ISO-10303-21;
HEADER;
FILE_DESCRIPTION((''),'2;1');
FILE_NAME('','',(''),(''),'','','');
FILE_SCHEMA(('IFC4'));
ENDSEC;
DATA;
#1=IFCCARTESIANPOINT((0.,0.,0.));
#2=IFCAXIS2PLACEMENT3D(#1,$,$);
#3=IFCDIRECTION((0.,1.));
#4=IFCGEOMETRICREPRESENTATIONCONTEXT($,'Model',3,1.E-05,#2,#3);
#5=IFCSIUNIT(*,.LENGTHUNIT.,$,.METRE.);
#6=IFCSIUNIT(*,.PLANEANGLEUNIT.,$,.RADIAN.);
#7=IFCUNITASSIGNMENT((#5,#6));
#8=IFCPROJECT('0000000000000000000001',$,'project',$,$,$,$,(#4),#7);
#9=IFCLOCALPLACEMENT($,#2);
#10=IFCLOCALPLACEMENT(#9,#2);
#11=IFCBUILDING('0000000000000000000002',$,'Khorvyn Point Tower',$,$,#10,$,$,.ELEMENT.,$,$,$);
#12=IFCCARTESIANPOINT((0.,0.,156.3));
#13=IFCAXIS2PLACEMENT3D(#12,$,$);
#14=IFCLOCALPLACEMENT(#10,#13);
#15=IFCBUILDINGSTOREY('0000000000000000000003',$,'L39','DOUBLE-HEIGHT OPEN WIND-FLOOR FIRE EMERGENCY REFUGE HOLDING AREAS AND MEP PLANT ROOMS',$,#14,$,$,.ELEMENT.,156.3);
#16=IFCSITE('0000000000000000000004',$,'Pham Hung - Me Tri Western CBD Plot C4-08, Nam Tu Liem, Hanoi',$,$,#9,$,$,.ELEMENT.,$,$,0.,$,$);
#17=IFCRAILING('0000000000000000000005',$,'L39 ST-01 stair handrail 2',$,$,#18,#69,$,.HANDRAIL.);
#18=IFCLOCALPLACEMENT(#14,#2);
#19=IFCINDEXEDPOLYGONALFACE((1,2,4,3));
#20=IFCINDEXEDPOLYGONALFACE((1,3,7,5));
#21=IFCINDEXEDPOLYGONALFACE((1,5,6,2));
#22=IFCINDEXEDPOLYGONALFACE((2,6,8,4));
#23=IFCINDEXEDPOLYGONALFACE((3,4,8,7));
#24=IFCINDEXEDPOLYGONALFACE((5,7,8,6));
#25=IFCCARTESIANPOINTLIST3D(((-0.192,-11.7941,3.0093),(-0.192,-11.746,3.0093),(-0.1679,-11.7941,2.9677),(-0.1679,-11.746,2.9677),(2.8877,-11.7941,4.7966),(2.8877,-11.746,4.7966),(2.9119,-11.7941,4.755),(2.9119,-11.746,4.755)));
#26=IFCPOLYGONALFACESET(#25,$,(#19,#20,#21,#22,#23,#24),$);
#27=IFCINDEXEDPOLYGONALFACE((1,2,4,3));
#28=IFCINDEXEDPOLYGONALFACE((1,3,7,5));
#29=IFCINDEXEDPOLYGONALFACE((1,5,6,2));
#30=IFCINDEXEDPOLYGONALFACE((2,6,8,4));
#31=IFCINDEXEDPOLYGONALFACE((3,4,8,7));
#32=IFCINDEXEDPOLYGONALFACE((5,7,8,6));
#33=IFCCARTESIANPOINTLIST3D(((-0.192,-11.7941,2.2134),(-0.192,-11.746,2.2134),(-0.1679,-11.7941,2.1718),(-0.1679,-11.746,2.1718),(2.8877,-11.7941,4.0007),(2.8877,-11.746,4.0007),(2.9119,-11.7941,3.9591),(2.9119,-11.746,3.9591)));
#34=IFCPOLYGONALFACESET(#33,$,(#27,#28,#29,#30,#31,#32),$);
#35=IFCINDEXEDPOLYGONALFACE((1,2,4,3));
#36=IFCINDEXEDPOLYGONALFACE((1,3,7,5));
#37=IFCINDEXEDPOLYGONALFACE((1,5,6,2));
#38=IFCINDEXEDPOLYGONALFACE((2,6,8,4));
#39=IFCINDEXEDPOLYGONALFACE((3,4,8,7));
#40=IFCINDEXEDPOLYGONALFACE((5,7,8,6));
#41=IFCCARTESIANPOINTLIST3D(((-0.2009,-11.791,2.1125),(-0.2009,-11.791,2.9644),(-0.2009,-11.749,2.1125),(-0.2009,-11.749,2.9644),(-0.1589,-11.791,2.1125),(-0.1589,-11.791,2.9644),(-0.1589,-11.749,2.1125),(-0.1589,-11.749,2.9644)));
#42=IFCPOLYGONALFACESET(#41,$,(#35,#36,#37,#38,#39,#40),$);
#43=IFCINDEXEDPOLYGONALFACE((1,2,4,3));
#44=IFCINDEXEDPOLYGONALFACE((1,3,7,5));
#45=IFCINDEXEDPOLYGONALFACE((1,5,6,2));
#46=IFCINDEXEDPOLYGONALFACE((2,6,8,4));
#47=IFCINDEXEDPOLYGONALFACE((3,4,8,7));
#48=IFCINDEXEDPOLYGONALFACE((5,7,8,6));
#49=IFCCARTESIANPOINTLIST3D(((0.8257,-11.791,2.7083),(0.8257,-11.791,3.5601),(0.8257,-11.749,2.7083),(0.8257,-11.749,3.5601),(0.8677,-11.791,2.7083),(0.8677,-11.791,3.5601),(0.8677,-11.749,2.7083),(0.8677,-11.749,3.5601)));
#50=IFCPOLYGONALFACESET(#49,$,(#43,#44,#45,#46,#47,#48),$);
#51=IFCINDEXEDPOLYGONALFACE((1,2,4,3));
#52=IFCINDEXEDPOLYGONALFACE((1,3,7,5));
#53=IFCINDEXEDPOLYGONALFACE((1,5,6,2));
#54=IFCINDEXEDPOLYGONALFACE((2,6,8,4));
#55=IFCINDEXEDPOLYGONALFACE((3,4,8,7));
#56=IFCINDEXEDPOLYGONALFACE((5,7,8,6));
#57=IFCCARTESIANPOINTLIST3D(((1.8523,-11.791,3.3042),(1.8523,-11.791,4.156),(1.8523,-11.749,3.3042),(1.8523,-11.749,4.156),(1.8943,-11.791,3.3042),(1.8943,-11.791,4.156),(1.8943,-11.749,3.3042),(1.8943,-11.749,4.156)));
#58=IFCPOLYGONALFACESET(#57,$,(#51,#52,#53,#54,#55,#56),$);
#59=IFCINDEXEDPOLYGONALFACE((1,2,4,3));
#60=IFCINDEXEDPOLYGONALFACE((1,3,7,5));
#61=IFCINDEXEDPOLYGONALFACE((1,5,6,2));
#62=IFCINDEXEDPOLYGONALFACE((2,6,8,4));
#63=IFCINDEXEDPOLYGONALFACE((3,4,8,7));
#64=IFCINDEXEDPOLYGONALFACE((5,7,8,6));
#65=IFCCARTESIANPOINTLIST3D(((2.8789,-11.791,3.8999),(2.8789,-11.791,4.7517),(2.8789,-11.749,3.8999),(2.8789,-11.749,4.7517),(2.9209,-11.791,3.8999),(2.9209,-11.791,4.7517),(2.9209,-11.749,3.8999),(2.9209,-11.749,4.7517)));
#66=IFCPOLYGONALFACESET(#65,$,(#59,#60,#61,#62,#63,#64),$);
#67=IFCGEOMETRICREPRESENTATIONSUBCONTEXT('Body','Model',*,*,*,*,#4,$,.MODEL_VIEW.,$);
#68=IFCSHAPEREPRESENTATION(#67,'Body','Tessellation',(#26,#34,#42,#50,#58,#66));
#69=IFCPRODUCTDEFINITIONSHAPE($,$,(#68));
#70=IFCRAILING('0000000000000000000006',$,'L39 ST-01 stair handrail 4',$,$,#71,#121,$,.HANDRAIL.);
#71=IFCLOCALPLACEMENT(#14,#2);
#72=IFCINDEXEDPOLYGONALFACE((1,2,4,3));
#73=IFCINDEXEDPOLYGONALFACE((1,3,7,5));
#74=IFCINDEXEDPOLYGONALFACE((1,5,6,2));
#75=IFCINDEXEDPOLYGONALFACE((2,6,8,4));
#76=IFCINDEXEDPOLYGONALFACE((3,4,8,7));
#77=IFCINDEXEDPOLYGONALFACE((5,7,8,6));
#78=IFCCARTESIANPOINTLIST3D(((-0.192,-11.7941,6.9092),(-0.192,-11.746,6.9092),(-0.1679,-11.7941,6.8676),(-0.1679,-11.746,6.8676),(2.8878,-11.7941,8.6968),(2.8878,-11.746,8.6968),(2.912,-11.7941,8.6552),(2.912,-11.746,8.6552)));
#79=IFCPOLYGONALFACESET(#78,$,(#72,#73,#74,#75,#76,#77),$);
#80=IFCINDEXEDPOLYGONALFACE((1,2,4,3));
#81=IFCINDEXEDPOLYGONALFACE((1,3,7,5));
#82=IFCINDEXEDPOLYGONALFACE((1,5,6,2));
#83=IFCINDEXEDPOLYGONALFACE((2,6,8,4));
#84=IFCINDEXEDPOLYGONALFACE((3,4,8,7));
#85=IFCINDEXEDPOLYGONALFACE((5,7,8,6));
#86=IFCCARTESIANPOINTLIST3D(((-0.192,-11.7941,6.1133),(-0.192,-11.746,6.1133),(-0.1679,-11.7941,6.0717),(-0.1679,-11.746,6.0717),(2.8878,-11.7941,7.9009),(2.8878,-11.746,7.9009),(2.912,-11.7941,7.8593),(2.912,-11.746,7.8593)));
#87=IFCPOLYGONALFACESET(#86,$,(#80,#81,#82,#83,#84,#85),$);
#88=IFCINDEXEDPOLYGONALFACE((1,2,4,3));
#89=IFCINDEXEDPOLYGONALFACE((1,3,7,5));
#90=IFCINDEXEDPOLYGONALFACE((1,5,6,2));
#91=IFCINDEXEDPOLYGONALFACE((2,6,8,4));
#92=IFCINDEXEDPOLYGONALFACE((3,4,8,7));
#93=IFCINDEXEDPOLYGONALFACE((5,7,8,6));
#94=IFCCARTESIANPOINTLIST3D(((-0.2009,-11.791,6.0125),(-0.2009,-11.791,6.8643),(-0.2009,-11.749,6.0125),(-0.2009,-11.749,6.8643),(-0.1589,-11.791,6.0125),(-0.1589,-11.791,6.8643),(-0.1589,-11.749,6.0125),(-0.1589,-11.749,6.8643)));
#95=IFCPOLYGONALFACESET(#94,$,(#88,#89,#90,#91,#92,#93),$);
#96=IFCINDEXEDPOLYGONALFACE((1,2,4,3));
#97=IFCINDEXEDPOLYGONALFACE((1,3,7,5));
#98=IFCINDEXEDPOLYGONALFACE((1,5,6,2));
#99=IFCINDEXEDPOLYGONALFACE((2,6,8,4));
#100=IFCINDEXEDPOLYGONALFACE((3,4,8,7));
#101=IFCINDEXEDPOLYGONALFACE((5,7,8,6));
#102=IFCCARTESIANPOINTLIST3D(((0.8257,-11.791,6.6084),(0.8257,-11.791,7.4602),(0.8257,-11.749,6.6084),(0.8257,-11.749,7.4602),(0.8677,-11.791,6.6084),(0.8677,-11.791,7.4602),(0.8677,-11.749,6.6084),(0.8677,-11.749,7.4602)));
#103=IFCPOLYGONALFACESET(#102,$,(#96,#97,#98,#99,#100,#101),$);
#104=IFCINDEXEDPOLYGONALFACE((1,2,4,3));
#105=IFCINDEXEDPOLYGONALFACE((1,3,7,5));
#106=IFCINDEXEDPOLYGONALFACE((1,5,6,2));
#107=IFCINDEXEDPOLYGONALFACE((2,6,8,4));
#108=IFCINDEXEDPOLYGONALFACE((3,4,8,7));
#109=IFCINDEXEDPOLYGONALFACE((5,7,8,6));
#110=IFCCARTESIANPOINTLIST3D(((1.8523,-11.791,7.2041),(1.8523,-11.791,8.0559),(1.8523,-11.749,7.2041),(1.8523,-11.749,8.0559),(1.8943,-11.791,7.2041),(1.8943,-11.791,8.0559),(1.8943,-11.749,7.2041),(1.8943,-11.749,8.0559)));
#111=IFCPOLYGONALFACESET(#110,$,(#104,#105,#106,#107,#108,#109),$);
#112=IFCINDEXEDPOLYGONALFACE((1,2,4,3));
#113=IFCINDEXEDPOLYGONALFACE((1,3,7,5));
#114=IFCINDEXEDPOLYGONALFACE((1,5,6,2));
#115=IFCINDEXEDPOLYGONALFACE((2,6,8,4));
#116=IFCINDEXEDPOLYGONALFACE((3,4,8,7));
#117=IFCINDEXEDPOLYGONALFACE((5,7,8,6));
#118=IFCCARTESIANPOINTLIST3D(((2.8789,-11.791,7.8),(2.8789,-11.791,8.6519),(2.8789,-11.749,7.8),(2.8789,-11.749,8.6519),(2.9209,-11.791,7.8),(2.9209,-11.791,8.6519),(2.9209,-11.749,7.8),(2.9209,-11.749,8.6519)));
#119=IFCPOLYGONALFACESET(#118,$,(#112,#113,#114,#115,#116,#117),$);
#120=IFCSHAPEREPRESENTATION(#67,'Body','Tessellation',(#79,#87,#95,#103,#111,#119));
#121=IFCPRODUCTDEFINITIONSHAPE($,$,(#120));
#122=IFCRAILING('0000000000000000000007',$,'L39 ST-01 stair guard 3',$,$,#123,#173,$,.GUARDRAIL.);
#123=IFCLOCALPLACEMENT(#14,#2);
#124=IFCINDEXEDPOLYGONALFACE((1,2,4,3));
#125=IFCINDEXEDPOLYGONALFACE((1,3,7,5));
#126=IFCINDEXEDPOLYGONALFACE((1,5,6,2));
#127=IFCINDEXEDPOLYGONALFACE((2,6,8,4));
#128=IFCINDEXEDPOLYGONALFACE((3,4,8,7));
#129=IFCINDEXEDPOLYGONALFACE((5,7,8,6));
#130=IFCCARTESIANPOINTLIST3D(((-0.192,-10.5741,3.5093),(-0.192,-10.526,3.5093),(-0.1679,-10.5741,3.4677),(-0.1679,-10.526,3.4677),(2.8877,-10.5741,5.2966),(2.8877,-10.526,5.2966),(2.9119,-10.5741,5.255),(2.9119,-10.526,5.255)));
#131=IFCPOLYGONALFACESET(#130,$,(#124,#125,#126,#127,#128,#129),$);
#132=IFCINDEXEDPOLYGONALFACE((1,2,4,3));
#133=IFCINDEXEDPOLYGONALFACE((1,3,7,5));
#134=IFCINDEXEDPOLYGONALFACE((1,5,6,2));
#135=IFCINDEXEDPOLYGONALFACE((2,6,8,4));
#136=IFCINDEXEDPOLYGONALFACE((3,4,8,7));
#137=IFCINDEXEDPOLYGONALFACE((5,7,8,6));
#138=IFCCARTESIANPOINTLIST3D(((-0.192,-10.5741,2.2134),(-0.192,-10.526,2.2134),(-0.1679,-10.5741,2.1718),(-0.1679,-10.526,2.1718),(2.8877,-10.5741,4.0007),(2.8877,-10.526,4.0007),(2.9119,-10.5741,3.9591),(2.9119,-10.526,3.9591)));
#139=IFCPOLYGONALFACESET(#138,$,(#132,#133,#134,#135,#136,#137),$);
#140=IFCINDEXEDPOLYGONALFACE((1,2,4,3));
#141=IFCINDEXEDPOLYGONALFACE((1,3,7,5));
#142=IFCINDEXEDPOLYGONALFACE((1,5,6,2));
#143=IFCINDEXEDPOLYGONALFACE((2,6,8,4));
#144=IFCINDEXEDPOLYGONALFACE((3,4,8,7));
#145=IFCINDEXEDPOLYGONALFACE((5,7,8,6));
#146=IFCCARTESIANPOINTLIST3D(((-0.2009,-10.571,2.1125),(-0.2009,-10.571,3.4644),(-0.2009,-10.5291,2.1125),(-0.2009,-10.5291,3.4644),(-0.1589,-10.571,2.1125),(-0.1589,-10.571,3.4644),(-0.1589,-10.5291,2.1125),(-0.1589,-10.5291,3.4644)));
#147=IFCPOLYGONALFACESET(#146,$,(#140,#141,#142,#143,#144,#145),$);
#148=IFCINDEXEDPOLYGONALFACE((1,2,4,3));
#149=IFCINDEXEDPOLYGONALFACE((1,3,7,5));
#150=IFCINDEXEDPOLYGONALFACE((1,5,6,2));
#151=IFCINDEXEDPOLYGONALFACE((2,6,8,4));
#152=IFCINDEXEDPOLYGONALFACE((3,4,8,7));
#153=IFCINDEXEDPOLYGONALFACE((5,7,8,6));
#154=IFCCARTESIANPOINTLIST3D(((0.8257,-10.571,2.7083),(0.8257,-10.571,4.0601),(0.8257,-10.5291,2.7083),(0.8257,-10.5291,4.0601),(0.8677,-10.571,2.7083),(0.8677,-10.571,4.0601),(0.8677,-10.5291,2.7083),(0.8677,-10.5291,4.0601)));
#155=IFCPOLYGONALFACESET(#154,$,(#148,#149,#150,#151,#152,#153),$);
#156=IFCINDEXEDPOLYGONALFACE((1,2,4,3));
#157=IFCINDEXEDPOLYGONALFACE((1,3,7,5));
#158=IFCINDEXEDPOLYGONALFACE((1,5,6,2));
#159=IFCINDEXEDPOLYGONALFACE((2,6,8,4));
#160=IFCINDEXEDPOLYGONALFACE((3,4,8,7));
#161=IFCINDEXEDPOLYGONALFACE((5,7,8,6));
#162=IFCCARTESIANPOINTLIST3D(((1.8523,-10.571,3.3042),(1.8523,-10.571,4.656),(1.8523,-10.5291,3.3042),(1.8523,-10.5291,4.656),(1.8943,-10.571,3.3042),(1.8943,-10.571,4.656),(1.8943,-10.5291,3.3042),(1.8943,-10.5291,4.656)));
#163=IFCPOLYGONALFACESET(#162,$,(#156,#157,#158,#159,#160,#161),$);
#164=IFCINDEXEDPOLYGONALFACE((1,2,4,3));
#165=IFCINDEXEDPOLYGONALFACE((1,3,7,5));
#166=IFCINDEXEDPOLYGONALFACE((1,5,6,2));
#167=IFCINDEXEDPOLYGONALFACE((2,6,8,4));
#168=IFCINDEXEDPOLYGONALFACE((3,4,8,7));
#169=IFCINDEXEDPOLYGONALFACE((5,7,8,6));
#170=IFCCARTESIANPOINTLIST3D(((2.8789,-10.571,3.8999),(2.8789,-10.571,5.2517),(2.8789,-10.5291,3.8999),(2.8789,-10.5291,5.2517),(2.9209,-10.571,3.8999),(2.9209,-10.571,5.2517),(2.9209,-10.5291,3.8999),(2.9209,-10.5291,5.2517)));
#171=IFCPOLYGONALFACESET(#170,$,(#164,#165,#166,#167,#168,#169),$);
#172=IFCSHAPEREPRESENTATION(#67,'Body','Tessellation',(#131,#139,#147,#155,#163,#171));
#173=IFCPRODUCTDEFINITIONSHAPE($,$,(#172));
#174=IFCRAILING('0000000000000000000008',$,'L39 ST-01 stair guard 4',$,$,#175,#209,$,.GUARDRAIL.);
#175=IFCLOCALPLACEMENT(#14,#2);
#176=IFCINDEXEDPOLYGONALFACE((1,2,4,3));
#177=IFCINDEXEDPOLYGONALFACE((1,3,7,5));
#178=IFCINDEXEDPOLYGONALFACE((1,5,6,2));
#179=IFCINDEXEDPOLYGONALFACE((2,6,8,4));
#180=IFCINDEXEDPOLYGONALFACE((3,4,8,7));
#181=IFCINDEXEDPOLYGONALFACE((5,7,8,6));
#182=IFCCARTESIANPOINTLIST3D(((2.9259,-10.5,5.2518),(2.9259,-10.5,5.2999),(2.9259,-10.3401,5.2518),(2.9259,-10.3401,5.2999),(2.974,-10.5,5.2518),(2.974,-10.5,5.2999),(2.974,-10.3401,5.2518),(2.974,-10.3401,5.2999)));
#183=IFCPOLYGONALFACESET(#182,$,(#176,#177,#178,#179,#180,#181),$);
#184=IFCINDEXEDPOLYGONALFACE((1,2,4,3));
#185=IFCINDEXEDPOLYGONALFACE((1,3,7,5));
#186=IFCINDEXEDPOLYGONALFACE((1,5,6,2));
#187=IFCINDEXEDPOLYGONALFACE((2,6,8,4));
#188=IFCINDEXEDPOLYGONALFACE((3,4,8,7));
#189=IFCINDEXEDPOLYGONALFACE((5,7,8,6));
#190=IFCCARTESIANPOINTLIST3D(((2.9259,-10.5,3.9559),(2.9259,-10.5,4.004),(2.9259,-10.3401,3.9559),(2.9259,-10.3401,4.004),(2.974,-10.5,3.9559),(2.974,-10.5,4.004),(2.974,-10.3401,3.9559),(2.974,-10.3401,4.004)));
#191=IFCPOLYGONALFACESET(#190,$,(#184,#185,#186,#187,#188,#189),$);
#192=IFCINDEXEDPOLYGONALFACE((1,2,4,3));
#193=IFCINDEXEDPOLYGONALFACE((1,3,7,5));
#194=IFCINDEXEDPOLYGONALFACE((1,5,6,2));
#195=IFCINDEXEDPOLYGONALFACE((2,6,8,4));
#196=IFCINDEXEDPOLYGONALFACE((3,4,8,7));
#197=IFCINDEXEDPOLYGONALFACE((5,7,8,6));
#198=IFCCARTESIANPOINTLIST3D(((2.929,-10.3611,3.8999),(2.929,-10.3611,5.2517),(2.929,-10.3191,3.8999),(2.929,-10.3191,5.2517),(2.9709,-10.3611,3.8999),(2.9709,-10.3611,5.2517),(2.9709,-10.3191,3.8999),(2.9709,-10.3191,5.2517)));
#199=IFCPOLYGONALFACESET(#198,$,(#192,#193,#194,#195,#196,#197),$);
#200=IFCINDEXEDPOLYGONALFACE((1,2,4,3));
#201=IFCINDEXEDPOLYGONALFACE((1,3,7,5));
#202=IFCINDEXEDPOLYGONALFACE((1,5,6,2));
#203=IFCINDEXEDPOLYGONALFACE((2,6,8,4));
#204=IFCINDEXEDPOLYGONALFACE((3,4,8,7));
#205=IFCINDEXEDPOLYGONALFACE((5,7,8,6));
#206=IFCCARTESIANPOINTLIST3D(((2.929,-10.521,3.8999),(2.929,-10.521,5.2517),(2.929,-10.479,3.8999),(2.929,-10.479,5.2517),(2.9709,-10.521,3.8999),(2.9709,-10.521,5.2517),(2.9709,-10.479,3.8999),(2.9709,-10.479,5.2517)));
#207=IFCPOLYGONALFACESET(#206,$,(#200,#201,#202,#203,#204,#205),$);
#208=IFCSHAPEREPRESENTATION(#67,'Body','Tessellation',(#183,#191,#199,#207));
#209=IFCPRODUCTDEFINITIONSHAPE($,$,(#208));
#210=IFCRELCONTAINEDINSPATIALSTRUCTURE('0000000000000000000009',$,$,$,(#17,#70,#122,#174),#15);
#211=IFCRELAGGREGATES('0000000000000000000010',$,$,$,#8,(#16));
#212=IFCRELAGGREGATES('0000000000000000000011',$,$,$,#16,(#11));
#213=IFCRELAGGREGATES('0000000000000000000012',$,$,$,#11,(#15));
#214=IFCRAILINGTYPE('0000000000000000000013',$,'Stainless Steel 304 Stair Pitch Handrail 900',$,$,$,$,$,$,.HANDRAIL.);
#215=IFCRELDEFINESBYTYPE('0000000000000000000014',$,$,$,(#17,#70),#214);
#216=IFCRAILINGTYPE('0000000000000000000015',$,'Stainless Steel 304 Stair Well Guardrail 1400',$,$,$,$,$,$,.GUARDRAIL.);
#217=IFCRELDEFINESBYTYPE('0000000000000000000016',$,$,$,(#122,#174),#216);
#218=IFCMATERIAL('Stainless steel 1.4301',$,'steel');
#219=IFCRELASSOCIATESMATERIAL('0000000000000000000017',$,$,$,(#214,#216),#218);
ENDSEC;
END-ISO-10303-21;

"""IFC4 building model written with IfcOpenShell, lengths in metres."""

from ifc_helpers import new_model, si_unit, direction, frame, origin, origin_2d, place, context, subcontext, project, spatial, rectangle, extrude, material, type_object, element, save


model = new_model("IFC4")

# Units and contexts
model_context = context("Model", 3, precision=1e-05, world=origin(), true_north=direction((0.0, 1.0)))
body_context = subcontext(model_context, "Body", "Model", "MODEL_VIEW")
ifc_project = project(units=[si_unit("LENGTHUNIT", "METRE"), si_unit("PLANEANGLEUNIT", "RADIAN")], contexts=[model_context])

# Site, building, storey
site_placement = place(None, origin())
site = spatial("IfcSite", under=ifc_project, at=site_placement, Name="Pham Hung - Me Tri Western CBD Plot C4-08, Nam Tu Liem, Hanoi", CompositionType="ELEMENT", RefElevation=0.0)
building_placement = place(site_placement, origin())
building = spatial("IfcBuilding", under=site, at=building_placement, Name="Khorvyn Point Tower", CompositionType="ELEMENT")
storey_placement = place(building_placement, frame((0.0, 0.0, 156.3)))
storey = spatial("IfcBuildingStorey", under=building, at=storey_placement, Name="L39", Description="DOUBLE-HEIGHT OPEN WIND-FLOOR FIRE EMERGENCY REFUGE HOLDING AREAS AND MEP PLANT ROOMS", CompositionType="ELEMENT", Elevation=156.3)

# Railings
ifc_material_1 = material(Name="Stainless steel 1.4301", Category="steel")
railing_type_1 = type_object("IfcRailingType", Name="Stainless Steel 304 Stair Pitch Handrail 900", PredefinedType="HANDRAIL", material=ifc_material_1)
railing_1_placement = place(storey_placement, frame((-0.1799, -11.77, 2.1125)))
element("IfcRailing", 1, at=railing_1_placement, inside=storey, type_object=railing_type_1, Name="L39 ST-01 stair handrail 2", PredefinedType="HANDRAIL", context=body_context, shape_type="SweptSolid", body=[
    extrude(rectangle(XDim=0.0481, YDim=0.0481, at=origin_2d()), frame((0.0, 0.0, 0.876), z_axis=(0.864903, 0.0, 0.501939), x_axis=(0.0, 1.0, 0.0)), (0.0, 0.0, 1.0), 3.5608),
    extrude(rectangle(XDim=0.0481, YDim=0.0481, at=origin_2d()), frame((0.0, 0.0, 0.0801), z_axis=(0.864903, 0.0, 0.501939), x_axis=(0.0, 1.0, 0.0)), (0.0, 0.0, 1.0), 3.5608),
    extrude(rectangle(XDim=0.042, YDim=0.042, at=origin_2d()), origin(), (0.0, 0.0, 1.0), 0.8518),
    extrude(rectangle(XDim=0.042, YDim=0.042, at=origin_2d()), frame((1.0266, 0.0, 0.5957)), (0.0, 0.0, 1.0), 0.8518),
    extrude(rectangle(XDim=0.042, YDim=0.042, at=origin_2d()), frame((2.0532, 0.0, 1.1917)), (0.0, 0.0, 1.0), 0.8518),
    extrude(rectangle(XDim=0.042, YDim=0.042, at=origin_2d()), frame((3.0798, 0.0, 1.7874)), (0.0, 0.0, 1.0), 0.8518),
])
railing_2_placement = place(storey_placement, frame((-0.1799, -11.77, 6.0125)))
element("IfcRailing", 2, at=railing_2_placement, inside=storey, type_object=railing_type_1, Name="L39 ST-01 stair handrail 4", PredefinedType="HANDRAIL", context=body_context, shape_type="SweptSolid", body=[
    extrude(rectangle(XDim=0.0481, YDim=0.0481, at=origin_2d()), frame((0.0, 0.0, 0.876), z_axis=(0.864873, 0.0, 0.50199), x_axis=(0.0, 1.0, 0.0)), (0.0, 0.0, 1.0), 3.561),
    extrude(rectangle(XDim=0.0481, YDim=0.0481, at=origin_2d()), frame((0.0, 0.0, 0.0801), z_axis=(0.864873, 0.0, 0.50199), x_axis=(0.0, 1.0, 0.0)), (0.0, 0.0, 1.0), 3.561),
    extrude(rectangle(XDim=0.042, YDim=0.042, at=origin_2d()), origin(), (0.0, 0.0, 1.0), 0.8518),
    extrude(rectangle(XDim=0.042, YDim=0.042, at=origin_2d()), frame((1.0266, 0.0, 0.5959)), (0.0, 0.0, 1.0), 0.8518),
    extrude(rectangle(XDim=0.042, YDim=0.042, at=origin_2d()), frame((2.0532, 0.0, 1.1917)), (0.0, 0.0, 1.0), 0.8518),
    extrude(rectangle(XDim=0.042, YDim=0.042, at=origin_2d()), frame((3.0798, 0.0, 1.7876)), (0.0, 0.0, 1.0), 0.8518),
])
railing_type_2 = type_object("IfcRailingType", Name="Stainless Steel 304 Stair Well Guardrail 1400", PredefinedType="GUARDRAIL", material=ifc_material_1)
railing_3_placement = place(storey_placement, frame((-0.1799, -10.55, 2.1125)))
element("IfcRailing", 3, at=railing_3_placement, inside=storey, type_object=railing_type_2, Name="L39 ST-01 stair guard 3", PredefinedType="GUARDRAIL", context=body_context, shape_type="SweptSolid", body=[
    extrude(rectangle(XDim=0.0481, YDim=0.0481, at=origin_2d()), frame((0.0, 0.0, 1.376), z_axis=(0.864903, 0.0, 0.501939), x_axis=(0.0, 1.0, 0.0)), (0.0, 0.0, 1.0), 3.5608),
    extrude(rectangle(XDim=0.0481, YDim=0.0481, at=origin_2d()), frame((0.0, 0.0, 0.0801), z_axis=(0.864903, 0.0, 0.501939), x_axis=(0.0, 1.0, 0.0)), (0.0, 0.0, 1.0), 3.5608),
    extrude(rectangle(XDim=0.042, YDim=0.042, at=origin_2d()), origin(), (0.0, 0.0, 1.0), 1.3518),
    extrude(rectangle(XDim=0.042, YDim=0.042, at=origin_2d()), frame((1.0266, 0.0, 0.5957)), (0.0, 0.0, 1.0), 1.3518),
    extrude(rectangle(XDim=0.042, YDim=0.042, at=origin_2d()), frame((2.0532, 0.0, 1.1917)), (0.0, 0.0, 1.0), 1.3518),
    extrude(rectangle(XDim=0.042, YDim=0.042, at=origin_2d()), frame((3.0798, 0.0, 1.7874)), (0.0, 0.0, 1.0), 1.3518),
])
railing_4_placement = place(storey_placement, frame((2.95, -10.3401, 3.8999)))
element("IfcRailing", 4, at=railing_4_placement, inside=storey, type_object=railing_type_2, Name="L39 ST-01 stair guard 4", PredefinedType="GUARDRAIL", context=body_context, shape_type="SweptSolid", body=[
    extrude(rectangle(XDim=0.0481, YDim=0.0481, at=origin_2d()), frame((0.0, 0.0, 1.376), z_axis=(0.0, -1.0, 0.0), x_axis=(1.0, 0.0, 0.0)), (0.0, 0.0, 1.0), 0.1599),
    extrude(rectangle(XDim=0.0481, YDim=0.0481, at=origin_2d()), frame((0.0, 0.0, 0.0801), z_axis=(0.0, -1.0, 0.0), x_axis=(1.0, 0.0, 0.0)), (0.0, 0.0, 1.0), 0.1599),
    extrude(rectangle(XDim=0.042, YDim=0.042, at=origin_2d()), origin(), (0.0, 0.0, 1.0), 1.3518),
    extrude(rectangle(XDim=0.042, YDim=0.042, at=origin_2d()), frame((0.0, -0.1599, 0.0)), (0.0, 0.0, 1.0), 1.3518),
])

save(model, "model.ifc")
